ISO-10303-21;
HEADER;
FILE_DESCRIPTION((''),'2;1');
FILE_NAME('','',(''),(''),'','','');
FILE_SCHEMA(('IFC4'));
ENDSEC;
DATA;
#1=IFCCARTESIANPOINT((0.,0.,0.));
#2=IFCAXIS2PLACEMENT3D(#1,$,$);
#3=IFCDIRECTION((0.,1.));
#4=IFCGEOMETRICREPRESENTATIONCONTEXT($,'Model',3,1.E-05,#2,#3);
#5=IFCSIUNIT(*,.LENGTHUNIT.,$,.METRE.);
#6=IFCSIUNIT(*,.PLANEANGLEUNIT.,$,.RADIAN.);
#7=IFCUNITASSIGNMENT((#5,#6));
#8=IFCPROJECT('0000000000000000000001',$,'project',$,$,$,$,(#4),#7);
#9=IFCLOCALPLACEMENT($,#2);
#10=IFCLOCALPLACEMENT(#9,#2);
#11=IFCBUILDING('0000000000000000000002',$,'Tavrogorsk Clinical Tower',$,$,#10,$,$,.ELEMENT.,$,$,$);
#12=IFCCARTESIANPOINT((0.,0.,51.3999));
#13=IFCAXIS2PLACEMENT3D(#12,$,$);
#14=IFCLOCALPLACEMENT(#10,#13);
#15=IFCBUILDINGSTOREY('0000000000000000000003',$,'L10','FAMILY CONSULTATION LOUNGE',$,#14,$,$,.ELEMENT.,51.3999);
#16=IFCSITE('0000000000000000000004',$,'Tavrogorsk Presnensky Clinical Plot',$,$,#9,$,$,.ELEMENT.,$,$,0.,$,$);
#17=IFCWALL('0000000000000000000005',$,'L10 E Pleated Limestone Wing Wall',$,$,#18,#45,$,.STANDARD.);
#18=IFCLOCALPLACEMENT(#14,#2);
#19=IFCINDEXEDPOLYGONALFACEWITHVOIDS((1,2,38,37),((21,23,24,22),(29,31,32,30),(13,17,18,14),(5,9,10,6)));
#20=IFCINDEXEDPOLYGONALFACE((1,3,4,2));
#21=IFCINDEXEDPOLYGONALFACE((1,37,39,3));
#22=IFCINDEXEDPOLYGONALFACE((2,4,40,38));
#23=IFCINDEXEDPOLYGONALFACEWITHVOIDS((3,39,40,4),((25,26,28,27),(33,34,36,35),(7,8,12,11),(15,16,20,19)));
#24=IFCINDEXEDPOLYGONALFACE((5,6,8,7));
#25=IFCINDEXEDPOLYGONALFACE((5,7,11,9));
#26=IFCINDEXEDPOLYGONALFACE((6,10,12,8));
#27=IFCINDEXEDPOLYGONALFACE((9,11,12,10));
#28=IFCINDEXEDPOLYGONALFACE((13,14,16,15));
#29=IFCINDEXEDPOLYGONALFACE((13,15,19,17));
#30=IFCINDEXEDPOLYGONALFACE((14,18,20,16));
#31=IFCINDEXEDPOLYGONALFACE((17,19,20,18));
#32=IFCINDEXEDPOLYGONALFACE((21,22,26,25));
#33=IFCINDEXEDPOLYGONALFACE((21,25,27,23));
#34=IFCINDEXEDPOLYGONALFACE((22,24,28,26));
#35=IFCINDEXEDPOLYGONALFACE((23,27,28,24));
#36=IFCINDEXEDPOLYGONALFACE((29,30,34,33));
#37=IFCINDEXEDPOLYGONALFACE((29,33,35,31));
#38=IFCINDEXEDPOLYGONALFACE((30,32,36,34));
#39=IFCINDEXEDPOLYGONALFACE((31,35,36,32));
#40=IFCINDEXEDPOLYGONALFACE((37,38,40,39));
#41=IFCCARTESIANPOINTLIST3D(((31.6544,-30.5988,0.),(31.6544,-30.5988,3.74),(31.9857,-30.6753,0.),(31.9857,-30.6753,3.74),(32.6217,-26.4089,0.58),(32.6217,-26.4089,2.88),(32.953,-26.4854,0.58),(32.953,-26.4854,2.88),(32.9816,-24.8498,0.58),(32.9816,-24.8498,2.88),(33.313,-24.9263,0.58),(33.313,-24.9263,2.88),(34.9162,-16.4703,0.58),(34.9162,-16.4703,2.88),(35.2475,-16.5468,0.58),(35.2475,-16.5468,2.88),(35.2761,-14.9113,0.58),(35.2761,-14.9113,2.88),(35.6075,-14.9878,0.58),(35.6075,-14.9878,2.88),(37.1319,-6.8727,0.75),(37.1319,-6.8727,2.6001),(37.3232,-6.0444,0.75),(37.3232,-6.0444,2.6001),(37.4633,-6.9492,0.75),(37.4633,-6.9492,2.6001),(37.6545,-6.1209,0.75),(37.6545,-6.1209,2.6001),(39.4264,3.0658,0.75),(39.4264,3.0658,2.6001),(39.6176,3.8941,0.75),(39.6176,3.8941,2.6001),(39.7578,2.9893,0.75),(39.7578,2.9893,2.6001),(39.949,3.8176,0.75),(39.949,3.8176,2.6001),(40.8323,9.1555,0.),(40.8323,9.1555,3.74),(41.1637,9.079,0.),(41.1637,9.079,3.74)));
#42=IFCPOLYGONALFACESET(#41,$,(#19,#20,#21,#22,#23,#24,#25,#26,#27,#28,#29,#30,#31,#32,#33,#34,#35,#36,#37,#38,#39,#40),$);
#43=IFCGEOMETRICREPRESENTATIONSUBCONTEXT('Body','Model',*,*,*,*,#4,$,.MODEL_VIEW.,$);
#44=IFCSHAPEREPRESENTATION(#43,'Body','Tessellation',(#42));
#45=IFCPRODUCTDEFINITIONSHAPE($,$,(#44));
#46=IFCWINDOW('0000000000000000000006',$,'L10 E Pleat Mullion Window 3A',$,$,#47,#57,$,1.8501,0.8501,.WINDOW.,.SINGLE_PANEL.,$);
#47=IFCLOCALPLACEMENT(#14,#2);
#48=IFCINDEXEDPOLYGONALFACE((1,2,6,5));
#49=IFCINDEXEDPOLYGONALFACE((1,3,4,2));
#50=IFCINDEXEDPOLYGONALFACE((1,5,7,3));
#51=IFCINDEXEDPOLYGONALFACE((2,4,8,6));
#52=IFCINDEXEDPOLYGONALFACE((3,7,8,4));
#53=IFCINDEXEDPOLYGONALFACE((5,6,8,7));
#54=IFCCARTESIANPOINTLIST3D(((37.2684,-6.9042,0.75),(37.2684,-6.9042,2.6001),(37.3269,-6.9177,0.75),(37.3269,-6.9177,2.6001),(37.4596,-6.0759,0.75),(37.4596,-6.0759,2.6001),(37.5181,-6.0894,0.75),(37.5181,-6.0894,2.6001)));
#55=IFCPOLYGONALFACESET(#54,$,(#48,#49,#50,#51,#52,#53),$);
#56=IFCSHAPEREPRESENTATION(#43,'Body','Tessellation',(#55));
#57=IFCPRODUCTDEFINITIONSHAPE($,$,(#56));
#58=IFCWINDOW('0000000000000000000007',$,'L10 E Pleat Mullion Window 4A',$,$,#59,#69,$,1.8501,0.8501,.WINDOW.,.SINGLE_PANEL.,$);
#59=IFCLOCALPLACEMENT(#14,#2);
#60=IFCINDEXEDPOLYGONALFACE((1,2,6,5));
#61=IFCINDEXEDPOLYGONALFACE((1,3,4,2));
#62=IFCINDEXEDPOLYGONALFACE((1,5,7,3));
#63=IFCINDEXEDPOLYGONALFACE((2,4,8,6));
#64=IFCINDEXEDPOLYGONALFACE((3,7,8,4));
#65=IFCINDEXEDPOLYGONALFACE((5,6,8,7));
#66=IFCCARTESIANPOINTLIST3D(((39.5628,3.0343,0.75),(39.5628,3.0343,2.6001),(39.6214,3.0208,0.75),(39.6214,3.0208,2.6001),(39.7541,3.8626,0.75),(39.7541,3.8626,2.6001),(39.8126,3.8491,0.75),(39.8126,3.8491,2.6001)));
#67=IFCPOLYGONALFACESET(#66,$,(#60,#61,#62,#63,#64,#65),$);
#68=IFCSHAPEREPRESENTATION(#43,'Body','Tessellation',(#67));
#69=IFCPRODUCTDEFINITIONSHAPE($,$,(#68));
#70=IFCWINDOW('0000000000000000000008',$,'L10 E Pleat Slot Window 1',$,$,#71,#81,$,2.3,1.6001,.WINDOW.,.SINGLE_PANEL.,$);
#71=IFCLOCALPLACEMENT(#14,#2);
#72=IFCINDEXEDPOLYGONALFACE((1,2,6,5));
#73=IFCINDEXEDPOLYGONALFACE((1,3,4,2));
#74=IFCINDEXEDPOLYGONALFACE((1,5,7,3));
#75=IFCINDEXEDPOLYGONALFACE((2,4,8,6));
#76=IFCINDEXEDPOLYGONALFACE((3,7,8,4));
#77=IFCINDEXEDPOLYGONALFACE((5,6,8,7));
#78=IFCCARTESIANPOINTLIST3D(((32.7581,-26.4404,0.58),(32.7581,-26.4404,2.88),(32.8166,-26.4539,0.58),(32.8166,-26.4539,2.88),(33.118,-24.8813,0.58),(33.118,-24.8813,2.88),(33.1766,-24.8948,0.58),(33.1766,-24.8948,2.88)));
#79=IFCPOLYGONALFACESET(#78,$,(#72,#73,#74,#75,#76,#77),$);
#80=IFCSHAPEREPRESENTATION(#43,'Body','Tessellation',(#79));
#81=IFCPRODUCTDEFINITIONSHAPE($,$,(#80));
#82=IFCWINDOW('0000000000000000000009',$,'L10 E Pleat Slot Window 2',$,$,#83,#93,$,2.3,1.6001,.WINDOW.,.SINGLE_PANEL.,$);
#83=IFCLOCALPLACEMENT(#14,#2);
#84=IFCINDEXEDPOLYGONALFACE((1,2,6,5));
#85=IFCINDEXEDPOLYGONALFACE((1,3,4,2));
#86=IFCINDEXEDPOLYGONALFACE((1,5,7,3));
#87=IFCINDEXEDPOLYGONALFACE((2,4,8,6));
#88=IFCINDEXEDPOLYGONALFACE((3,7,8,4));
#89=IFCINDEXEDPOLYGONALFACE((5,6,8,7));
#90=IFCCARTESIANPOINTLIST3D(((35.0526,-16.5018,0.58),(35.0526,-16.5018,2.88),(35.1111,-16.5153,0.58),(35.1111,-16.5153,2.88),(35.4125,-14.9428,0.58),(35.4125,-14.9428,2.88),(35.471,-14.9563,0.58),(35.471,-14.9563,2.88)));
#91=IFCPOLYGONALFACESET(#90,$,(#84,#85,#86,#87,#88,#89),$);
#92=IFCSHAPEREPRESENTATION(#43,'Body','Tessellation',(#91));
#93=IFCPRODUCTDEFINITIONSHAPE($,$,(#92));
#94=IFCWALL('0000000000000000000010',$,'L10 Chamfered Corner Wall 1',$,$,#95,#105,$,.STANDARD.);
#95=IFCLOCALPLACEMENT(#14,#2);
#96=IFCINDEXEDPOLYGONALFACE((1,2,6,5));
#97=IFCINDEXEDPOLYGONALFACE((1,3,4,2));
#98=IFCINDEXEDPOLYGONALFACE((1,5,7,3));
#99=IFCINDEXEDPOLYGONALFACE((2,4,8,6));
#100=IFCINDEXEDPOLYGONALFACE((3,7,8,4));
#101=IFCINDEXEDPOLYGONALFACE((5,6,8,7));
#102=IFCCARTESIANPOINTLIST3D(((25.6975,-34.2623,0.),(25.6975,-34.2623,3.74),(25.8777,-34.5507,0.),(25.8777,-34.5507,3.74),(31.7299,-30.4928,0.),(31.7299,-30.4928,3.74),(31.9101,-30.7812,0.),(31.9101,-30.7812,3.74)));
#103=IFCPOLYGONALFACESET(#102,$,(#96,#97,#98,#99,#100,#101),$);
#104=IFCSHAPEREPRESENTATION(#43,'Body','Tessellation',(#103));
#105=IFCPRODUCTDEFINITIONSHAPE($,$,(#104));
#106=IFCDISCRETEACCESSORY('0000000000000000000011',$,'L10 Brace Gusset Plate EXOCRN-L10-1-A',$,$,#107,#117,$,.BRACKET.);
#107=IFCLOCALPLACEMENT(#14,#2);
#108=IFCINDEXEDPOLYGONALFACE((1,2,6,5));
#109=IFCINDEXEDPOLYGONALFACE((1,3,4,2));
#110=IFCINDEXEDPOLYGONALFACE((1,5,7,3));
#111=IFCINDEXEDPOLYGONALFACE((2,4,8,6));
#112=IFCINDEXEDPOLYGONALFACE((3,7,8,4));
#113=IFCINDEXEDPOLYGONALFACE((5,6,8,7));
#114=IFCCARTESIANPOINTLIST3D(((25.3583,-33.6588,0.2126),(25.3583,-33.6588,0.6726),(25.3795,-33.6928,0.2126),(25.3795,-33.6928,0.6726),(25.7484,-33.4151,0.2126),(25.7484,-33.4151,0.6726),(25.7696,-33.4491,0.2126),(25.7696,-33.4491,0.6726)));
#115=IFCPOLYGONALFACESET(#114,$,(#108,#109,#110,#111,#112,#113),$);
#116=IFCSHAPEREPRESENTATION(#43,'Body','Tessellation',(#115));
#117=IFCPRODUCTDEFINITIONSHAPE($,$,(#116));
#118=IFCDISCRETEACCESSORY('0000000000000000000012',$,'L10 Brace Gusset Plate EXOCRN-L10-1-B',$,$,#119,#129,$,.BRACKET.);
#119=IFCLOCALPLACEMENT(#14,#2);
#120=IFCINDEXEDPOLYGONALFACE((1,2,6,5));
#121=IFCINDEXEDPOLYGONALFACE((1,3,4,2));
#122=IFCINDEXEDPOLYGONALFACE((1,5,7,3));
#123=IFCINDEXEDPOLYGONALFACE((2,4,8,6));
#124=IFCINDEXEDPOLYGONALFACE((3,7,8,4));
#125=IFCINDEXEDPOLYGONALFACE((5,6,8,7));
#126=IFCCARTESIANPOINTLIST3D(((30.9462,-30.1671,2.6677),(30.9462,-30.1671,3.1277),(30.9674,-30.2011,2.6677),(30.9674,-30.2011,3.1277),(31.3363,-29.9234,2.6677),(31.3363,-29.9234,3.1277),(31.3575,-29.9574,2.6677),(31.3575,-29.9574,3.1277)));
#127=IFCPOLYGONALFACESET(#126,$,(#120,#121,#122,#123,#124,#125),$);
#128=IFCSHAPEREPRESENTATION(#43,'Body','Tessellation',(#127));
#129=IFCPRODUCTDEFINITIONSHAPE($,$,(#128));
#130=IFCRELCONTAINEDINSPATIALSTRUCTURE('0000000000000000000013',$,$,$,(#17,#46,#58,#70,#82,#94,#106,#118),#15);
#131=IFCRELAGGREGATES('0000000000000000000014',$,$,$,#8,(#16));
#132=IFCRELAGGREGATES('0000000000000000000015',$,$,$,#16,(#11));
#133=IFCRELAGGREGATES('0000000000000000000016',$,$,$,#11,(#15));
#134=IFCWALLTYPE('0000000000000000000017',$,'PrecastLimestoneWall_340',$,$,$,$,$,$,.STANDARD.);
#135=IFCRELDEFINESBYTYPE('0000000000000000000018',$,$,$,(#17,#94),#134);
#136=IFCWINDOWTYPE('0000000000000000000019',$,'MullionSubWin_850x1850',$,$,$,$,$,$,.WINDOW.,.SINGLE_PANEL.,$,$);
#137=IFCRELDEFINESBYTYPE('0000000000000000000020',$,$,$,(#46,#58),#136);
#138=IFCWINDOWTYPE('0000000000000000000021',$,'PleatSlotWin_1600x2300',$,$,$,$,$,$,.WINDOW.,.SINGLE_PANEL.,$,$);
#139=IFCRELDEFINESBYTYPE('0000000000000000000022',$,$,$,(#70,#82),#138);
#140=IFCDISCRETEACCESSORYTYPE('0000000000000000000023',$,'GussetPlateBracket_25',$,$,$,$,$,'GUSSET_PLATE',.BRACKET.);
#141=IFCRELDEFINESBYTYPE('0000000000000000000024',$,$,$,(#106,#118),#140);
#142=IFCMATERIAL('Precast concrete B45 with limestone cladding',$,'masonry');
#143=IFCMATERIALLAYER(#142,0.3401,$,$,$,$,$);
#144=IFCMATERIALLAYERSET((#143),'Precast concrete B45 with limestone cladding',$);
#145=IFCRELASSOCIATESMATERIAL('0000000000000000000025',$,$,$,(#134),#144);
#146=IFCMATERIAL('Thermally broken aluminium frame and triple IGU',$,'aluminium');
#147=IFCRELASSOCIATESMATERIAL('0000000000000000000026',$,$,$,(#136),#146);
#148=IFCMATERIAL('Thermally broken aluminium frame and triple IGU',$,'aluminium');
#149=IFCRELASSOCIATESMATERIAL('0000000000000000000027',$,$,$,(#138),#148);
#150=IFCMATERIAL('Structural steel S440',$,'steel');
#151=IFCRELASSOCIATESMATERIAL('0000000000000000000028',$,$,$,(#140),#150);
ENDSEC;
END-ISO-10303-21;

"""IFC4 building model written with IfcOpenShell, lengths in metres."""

from ifc_helpers import new_model, si_unit, direction, frame, frame_2d, origin, origin_2d, place, context, subcontext, project, spatial, rectangle, extrude, material, layer, layer_set, type_object, element, fill, save


model = new_model("IFC4")

# Units and contexts
model_context = context("Model", 3, precision=1e-05, world=origin(), true_north=direction((0.0, 1.0)))
body_context = subcontext(model_context, "Body", "Model", "MODEL_VIEW")
ifc_project = project(units=[si_unit("LENGTHUNIT", "METRE"), si_unit("PLANEANGLEUNIT", "RADIAN")], contexts=[model_context])

# Site, building, storey
site_placement = place(None, origin())
site = spatial("IfcSite", under=ifc_project, at=site_placement, Name="Tavrogorsk Presnensky Clinical Plot", CompositionType="ELEMENT", RefElevation=0.0)
building_placement = place(site_placement, origin())
building = spatial("IfcBuilding", under=site, at=building_placement, Name="Tavrogorsk Clinical Tower", CompositionType="ELEMENT")
storey_placement = place(building_placement, frame((0.0, 0.0, 51.3999)))
storey = spatial("IfcBuildingStorey", under=building, at=storey_placement, Name="L10", Description="FAMILY CONSULTATION LOUNGE", CompositionType="ELEMENT", Elevation=51.3999)

# Wall, openings, windows
ifc_material_1 = material(Name="Precast concrete B45 with limestone cladding", Category="masonry")
ifc_layer_1 = layer(ifc_material_1, 0.3401)
ifc_layer_set_1 = layer_set([ifc_layer_1], Name="Precast concrete B45 with limestone cladding")
wall_type_1 = type_object("IfcWallType", Name="PrecastLimestoneWall_340", PredefinedType="STANDARD", material=ifc_layer_set_1)
wall_1_placement = place(storey_placement, frame((31.8201, -30.637, 0.0), z_axis=(0.0, 0.0, 1.0), x_axis=(0.22495, 0.97437, 0.0)))
wall_1 = element("IfcWall", 1, at=wall_1_placement, inside=storey, type_object=wall_type_1, Name="L10 E Pleated Limestone Wing Wall", PredefinedType="STANDARD", context=body_context, shape_type="SweptSolid", body=[
    extrude(rectangle(XDim=40.8, YDim=0.3401, at=frame_2d((20.3999, 0.0))), origin(), (0.0, 0.0, 1.0), 3.74),
])
opening_1_placement = place(wall_1_placement, frame((4.3, 0.0, 0.5801)))
opening_1 = element("IfcOpeningElement", 2, at=opening_1_placement, cuts=wall_1, PredefinedType="OPENING", context=body_context, shape_type="SweptSolid", body=[
    extrude(rectangle(XDim=1.6001, YDim=2.3, at=frame_2d((0.8, 1.1499))), frame((0.0, 0.1799, 0.0), z_axis=(0.0, -1.0, 0.0), x_axis=(1.0, 0.0, 0.0)), (0.0, 0.0, 1.0), 0.3601),
])
opening_2_placement = place(wall_1_placement, frame((14.5, 0.0, 0.5801)))
opening_2 = element("IfcOpeningElement", 3, at=opening_2_placement, cuts=wall_1, PredefinedType="OPENING", context=body_context, shape_type="SweptSolid", body=[
    extrude(rectangle(XDim=1.6001, YDim=2.3, at=frame_2d((0.8, 1.1499))), frame((0.0, 0.1799, 0.0), z_axis=(0.0, -1.0, 0.0), x_axis=(1.0, 0.0, 0.0)), (0.0, 0.0, 1.0), 0.3601),
])
opening_3_placement = place(wall_1_placement, frame((24.3501, 0.0, 0.75)))
opening_3 = element("IfcOpeningElement", 4, at=opening_3_placement, cuts=wall_1, PredefinedType="OPENING", context=body_context, shape_type="SweptSolid", body=[
    extrude(rectangle(XDim=0.8501, YDim=1.8501, at=frame_2d((0.425, 0.925))), frame((0.0, 0.1799, 0.0), z_axis=(0.0, -1.0, 0.0), x_axis=(1.0, 0.0, 0.0)), (0.0, 0.0, 1.0), 0.3601),
])
opening_4_placement = place(wall_1_placement, frame((34.55, 0.0, 0.75)))
opening_4 = element("IfcOpeningElement", 5, at=opening_4_placement, cuts=wall_1, PredefinedType="OPENING", context=body_context, shape_type="SweptSolid", body=[
    extrude(rectangle(XDim=0.8501, YDim=1.8501, at=frame_2d((0.425, 0.925))), frame((0.0, 0.1799, 0.0), z_axis=(0.0, -1.0, 0.0), x_axis=(1.0, 0.0, 0.0)), (0.0, 0.0, 1.0), 0.3601),
])
ifc_material_2 = material(Name="Thermally broken aluminium frame and triple IGU", Category="aluminium")
window_type_1 = type_object("IfcWindowType", Name="MullionSubWin_850x1850", PartitioningType="SINGLE_PANEL", PredefinedType="WINDOW", material=ifc_material_2)
window_1_placement = place(opening_3_placement, origin())
window_1 = element("IfcWindow", 6, at=window_1_placement, inside=storey, type_object=window_type_1, Name="L10 E Pleat Mullion Window 3A", OverallHeight=1.8501, OverallWidth=0.8501, PartitioningType="SINGLE_PANEL", PredefinedType="WINDOW", context=body_context, shape_type="SweptSolid", body=[
    extrude(rectangle(XDim=0.8501, YDim=1.8501, at=frame_2d((0.425, 0.925))), frame((0.0, 0.03, 0.0), z_axis=(0.0, -1.0, 0.0), x_axis=(1.0, 0.0, 0.0)), (0.0, 0.0, 1.0), 0.0601),
])
fill(opening_3, window_1)
window_2_placement = place(opening_4_placement, origin())
window_2 = element("IfcWindow", 7, at=window_2_placement, inside=storey, type_object=window_type_1, Name="L10 E Pleat Mullion Window 4A", OverallHeight=1.8501, OverallWidth=0.8501, PartitioningType="SINGLE_PANEL", PredefinedType="WINDOW", context=body_context, shape_type="SweptSolid", body=[
    extrude(rectangle(XDim=0.8501, YDim=1.8501, at=frame_2d((0.425, 0.925))), frame((0.0, 0.03, 0.0), z_axis=(0.0, -1.0, 0.0), x_axis=(1.0, 0.0, 0.0)), (0.0, 0.0, 1.0), 0.0601),
])
fill(opening_4, window_2)
ifc_material_3 = material(Name="Thermally broken aluminium frame and triple IGU", Category="aluminium")
window_type_2 = type_object("IfcWindowType", Name="PleatSlotWin_1600x2300", PartitioningType="SINGLE_PANEL", PredefinedType="WINDOW", material=ifc_material_3)
window_3_placement = place(opening_1_placement, origin())
window_3 = element("IfcWindow", 8, at=window_3_placement, inside=storey, type_object=window_type_2, Name="L10 E Pleat Slot Window 1", OverallHeight=2.3, OverallWidth=1.6001, PartitioningType="SINGLE_PANEL", PredefinedType="WINDOW", context=body_context, shape_type="SweptSolid", body=[
    extrude(rectangle(XDim=1.6001, YDim=2.3, at=frame_2d((0.8, 1.1499))), frame((0.0, 0.03, 0.0), z_axis=(0.0, -1.0, 0.0), x_axis=(1.0, 0.0, 0.0)), (0.0, 0.0, 1.0), 0.0601),
])
fill(opening_1, window_3)
window_4_placement = place(opening_2_placement, origin())
window_4 = element("IfcWindow", 9, at=window_4_placement, inside=storey, type_object=window_type_2, Name="L10 E Pleat Slot Window 2", OverallHeight=2.3, OverallWidth=1.6001, PartitioningType="SINGLE_PANEL", PredefinedType="WINDOW", context=body_context, shape_type="SweptSolid", body=[
    extrude(rectangle(XDim=1.6001, YDim=2.3, at=frame_2d((0.8, 1.1499))), frame((0.0, 0.03, 0.0), z_axis=(0.0, -1.0, 0.0), x_axis=(1.0, 0.0, 0.0)), (0.0, 0.0, 1.0), 0.0601),
])
fill(opening_2, window_4)

# Wall
wall_2_placement = place(storey_placement, frame((25.7876, -34.4065, 0.0), z_axis=(0.0, 0.0, 1.0), x_axis=(0.848047, 0.529922, 0.0)))
element("IfcWall", 10, at=wall_2_placement, inside=storey, type_object=wall_type_1, Name="L10 Chamfered Corner Wall 1", PredefinedType="STANDARD", context=body_context, shape_type="SweptSolid", body=[
    extrude(rectangle(XDim=7.1133, YDim=0.3401, at=frame_2d((3.5566, 0.0))), origin(), (0.0, 0.0, 1.0), 3.74),
])

# Discrete accessories
ifc_material_4 = material(Name="Structural steel S440", Category="steel")
discrete_accessory_type = type_object("IfcDiscreteAccessoryType", Name="GussetPlateBracket_25", ElementType="GUSSET_PLATE", PredefinedType="BRACKET", material=ifc_material_4)
for number, where, z_axis, x_axis, name in (
    (11, (25.564, -33.554, 0.2126), (0.0, 0.0, 1.0), (0.848048, 0.529919, 0.0), "L10 Brace Gusset Plate EXOCRN-L10-1-A"),
    (12, (31.1519, -30.0623, 2.6677), (0.0, 0.0, 1.0), (0.848048, 0.529919, 0.0), "L10 Brace Gusset Plate EXOCRN-L10-1-B"),
):
    element("IfcDiscreteAccessory", number, at=place(storey_placement, frame(where, z_axis=z_axis, x_axis=x_axis)), inside=storey, type_object=discrete_accessory_type, Name=name, PredefinedType="BRACKET", context=body_context, shape_type="SweptSolid", body=[
        extrude(rectangle(XDim=0.46, YDim=0.04, at=origin_2d()), origin(), (0.0, 0.0, 1.0), 0.46),
    ])

save(model, "model.ifc")
